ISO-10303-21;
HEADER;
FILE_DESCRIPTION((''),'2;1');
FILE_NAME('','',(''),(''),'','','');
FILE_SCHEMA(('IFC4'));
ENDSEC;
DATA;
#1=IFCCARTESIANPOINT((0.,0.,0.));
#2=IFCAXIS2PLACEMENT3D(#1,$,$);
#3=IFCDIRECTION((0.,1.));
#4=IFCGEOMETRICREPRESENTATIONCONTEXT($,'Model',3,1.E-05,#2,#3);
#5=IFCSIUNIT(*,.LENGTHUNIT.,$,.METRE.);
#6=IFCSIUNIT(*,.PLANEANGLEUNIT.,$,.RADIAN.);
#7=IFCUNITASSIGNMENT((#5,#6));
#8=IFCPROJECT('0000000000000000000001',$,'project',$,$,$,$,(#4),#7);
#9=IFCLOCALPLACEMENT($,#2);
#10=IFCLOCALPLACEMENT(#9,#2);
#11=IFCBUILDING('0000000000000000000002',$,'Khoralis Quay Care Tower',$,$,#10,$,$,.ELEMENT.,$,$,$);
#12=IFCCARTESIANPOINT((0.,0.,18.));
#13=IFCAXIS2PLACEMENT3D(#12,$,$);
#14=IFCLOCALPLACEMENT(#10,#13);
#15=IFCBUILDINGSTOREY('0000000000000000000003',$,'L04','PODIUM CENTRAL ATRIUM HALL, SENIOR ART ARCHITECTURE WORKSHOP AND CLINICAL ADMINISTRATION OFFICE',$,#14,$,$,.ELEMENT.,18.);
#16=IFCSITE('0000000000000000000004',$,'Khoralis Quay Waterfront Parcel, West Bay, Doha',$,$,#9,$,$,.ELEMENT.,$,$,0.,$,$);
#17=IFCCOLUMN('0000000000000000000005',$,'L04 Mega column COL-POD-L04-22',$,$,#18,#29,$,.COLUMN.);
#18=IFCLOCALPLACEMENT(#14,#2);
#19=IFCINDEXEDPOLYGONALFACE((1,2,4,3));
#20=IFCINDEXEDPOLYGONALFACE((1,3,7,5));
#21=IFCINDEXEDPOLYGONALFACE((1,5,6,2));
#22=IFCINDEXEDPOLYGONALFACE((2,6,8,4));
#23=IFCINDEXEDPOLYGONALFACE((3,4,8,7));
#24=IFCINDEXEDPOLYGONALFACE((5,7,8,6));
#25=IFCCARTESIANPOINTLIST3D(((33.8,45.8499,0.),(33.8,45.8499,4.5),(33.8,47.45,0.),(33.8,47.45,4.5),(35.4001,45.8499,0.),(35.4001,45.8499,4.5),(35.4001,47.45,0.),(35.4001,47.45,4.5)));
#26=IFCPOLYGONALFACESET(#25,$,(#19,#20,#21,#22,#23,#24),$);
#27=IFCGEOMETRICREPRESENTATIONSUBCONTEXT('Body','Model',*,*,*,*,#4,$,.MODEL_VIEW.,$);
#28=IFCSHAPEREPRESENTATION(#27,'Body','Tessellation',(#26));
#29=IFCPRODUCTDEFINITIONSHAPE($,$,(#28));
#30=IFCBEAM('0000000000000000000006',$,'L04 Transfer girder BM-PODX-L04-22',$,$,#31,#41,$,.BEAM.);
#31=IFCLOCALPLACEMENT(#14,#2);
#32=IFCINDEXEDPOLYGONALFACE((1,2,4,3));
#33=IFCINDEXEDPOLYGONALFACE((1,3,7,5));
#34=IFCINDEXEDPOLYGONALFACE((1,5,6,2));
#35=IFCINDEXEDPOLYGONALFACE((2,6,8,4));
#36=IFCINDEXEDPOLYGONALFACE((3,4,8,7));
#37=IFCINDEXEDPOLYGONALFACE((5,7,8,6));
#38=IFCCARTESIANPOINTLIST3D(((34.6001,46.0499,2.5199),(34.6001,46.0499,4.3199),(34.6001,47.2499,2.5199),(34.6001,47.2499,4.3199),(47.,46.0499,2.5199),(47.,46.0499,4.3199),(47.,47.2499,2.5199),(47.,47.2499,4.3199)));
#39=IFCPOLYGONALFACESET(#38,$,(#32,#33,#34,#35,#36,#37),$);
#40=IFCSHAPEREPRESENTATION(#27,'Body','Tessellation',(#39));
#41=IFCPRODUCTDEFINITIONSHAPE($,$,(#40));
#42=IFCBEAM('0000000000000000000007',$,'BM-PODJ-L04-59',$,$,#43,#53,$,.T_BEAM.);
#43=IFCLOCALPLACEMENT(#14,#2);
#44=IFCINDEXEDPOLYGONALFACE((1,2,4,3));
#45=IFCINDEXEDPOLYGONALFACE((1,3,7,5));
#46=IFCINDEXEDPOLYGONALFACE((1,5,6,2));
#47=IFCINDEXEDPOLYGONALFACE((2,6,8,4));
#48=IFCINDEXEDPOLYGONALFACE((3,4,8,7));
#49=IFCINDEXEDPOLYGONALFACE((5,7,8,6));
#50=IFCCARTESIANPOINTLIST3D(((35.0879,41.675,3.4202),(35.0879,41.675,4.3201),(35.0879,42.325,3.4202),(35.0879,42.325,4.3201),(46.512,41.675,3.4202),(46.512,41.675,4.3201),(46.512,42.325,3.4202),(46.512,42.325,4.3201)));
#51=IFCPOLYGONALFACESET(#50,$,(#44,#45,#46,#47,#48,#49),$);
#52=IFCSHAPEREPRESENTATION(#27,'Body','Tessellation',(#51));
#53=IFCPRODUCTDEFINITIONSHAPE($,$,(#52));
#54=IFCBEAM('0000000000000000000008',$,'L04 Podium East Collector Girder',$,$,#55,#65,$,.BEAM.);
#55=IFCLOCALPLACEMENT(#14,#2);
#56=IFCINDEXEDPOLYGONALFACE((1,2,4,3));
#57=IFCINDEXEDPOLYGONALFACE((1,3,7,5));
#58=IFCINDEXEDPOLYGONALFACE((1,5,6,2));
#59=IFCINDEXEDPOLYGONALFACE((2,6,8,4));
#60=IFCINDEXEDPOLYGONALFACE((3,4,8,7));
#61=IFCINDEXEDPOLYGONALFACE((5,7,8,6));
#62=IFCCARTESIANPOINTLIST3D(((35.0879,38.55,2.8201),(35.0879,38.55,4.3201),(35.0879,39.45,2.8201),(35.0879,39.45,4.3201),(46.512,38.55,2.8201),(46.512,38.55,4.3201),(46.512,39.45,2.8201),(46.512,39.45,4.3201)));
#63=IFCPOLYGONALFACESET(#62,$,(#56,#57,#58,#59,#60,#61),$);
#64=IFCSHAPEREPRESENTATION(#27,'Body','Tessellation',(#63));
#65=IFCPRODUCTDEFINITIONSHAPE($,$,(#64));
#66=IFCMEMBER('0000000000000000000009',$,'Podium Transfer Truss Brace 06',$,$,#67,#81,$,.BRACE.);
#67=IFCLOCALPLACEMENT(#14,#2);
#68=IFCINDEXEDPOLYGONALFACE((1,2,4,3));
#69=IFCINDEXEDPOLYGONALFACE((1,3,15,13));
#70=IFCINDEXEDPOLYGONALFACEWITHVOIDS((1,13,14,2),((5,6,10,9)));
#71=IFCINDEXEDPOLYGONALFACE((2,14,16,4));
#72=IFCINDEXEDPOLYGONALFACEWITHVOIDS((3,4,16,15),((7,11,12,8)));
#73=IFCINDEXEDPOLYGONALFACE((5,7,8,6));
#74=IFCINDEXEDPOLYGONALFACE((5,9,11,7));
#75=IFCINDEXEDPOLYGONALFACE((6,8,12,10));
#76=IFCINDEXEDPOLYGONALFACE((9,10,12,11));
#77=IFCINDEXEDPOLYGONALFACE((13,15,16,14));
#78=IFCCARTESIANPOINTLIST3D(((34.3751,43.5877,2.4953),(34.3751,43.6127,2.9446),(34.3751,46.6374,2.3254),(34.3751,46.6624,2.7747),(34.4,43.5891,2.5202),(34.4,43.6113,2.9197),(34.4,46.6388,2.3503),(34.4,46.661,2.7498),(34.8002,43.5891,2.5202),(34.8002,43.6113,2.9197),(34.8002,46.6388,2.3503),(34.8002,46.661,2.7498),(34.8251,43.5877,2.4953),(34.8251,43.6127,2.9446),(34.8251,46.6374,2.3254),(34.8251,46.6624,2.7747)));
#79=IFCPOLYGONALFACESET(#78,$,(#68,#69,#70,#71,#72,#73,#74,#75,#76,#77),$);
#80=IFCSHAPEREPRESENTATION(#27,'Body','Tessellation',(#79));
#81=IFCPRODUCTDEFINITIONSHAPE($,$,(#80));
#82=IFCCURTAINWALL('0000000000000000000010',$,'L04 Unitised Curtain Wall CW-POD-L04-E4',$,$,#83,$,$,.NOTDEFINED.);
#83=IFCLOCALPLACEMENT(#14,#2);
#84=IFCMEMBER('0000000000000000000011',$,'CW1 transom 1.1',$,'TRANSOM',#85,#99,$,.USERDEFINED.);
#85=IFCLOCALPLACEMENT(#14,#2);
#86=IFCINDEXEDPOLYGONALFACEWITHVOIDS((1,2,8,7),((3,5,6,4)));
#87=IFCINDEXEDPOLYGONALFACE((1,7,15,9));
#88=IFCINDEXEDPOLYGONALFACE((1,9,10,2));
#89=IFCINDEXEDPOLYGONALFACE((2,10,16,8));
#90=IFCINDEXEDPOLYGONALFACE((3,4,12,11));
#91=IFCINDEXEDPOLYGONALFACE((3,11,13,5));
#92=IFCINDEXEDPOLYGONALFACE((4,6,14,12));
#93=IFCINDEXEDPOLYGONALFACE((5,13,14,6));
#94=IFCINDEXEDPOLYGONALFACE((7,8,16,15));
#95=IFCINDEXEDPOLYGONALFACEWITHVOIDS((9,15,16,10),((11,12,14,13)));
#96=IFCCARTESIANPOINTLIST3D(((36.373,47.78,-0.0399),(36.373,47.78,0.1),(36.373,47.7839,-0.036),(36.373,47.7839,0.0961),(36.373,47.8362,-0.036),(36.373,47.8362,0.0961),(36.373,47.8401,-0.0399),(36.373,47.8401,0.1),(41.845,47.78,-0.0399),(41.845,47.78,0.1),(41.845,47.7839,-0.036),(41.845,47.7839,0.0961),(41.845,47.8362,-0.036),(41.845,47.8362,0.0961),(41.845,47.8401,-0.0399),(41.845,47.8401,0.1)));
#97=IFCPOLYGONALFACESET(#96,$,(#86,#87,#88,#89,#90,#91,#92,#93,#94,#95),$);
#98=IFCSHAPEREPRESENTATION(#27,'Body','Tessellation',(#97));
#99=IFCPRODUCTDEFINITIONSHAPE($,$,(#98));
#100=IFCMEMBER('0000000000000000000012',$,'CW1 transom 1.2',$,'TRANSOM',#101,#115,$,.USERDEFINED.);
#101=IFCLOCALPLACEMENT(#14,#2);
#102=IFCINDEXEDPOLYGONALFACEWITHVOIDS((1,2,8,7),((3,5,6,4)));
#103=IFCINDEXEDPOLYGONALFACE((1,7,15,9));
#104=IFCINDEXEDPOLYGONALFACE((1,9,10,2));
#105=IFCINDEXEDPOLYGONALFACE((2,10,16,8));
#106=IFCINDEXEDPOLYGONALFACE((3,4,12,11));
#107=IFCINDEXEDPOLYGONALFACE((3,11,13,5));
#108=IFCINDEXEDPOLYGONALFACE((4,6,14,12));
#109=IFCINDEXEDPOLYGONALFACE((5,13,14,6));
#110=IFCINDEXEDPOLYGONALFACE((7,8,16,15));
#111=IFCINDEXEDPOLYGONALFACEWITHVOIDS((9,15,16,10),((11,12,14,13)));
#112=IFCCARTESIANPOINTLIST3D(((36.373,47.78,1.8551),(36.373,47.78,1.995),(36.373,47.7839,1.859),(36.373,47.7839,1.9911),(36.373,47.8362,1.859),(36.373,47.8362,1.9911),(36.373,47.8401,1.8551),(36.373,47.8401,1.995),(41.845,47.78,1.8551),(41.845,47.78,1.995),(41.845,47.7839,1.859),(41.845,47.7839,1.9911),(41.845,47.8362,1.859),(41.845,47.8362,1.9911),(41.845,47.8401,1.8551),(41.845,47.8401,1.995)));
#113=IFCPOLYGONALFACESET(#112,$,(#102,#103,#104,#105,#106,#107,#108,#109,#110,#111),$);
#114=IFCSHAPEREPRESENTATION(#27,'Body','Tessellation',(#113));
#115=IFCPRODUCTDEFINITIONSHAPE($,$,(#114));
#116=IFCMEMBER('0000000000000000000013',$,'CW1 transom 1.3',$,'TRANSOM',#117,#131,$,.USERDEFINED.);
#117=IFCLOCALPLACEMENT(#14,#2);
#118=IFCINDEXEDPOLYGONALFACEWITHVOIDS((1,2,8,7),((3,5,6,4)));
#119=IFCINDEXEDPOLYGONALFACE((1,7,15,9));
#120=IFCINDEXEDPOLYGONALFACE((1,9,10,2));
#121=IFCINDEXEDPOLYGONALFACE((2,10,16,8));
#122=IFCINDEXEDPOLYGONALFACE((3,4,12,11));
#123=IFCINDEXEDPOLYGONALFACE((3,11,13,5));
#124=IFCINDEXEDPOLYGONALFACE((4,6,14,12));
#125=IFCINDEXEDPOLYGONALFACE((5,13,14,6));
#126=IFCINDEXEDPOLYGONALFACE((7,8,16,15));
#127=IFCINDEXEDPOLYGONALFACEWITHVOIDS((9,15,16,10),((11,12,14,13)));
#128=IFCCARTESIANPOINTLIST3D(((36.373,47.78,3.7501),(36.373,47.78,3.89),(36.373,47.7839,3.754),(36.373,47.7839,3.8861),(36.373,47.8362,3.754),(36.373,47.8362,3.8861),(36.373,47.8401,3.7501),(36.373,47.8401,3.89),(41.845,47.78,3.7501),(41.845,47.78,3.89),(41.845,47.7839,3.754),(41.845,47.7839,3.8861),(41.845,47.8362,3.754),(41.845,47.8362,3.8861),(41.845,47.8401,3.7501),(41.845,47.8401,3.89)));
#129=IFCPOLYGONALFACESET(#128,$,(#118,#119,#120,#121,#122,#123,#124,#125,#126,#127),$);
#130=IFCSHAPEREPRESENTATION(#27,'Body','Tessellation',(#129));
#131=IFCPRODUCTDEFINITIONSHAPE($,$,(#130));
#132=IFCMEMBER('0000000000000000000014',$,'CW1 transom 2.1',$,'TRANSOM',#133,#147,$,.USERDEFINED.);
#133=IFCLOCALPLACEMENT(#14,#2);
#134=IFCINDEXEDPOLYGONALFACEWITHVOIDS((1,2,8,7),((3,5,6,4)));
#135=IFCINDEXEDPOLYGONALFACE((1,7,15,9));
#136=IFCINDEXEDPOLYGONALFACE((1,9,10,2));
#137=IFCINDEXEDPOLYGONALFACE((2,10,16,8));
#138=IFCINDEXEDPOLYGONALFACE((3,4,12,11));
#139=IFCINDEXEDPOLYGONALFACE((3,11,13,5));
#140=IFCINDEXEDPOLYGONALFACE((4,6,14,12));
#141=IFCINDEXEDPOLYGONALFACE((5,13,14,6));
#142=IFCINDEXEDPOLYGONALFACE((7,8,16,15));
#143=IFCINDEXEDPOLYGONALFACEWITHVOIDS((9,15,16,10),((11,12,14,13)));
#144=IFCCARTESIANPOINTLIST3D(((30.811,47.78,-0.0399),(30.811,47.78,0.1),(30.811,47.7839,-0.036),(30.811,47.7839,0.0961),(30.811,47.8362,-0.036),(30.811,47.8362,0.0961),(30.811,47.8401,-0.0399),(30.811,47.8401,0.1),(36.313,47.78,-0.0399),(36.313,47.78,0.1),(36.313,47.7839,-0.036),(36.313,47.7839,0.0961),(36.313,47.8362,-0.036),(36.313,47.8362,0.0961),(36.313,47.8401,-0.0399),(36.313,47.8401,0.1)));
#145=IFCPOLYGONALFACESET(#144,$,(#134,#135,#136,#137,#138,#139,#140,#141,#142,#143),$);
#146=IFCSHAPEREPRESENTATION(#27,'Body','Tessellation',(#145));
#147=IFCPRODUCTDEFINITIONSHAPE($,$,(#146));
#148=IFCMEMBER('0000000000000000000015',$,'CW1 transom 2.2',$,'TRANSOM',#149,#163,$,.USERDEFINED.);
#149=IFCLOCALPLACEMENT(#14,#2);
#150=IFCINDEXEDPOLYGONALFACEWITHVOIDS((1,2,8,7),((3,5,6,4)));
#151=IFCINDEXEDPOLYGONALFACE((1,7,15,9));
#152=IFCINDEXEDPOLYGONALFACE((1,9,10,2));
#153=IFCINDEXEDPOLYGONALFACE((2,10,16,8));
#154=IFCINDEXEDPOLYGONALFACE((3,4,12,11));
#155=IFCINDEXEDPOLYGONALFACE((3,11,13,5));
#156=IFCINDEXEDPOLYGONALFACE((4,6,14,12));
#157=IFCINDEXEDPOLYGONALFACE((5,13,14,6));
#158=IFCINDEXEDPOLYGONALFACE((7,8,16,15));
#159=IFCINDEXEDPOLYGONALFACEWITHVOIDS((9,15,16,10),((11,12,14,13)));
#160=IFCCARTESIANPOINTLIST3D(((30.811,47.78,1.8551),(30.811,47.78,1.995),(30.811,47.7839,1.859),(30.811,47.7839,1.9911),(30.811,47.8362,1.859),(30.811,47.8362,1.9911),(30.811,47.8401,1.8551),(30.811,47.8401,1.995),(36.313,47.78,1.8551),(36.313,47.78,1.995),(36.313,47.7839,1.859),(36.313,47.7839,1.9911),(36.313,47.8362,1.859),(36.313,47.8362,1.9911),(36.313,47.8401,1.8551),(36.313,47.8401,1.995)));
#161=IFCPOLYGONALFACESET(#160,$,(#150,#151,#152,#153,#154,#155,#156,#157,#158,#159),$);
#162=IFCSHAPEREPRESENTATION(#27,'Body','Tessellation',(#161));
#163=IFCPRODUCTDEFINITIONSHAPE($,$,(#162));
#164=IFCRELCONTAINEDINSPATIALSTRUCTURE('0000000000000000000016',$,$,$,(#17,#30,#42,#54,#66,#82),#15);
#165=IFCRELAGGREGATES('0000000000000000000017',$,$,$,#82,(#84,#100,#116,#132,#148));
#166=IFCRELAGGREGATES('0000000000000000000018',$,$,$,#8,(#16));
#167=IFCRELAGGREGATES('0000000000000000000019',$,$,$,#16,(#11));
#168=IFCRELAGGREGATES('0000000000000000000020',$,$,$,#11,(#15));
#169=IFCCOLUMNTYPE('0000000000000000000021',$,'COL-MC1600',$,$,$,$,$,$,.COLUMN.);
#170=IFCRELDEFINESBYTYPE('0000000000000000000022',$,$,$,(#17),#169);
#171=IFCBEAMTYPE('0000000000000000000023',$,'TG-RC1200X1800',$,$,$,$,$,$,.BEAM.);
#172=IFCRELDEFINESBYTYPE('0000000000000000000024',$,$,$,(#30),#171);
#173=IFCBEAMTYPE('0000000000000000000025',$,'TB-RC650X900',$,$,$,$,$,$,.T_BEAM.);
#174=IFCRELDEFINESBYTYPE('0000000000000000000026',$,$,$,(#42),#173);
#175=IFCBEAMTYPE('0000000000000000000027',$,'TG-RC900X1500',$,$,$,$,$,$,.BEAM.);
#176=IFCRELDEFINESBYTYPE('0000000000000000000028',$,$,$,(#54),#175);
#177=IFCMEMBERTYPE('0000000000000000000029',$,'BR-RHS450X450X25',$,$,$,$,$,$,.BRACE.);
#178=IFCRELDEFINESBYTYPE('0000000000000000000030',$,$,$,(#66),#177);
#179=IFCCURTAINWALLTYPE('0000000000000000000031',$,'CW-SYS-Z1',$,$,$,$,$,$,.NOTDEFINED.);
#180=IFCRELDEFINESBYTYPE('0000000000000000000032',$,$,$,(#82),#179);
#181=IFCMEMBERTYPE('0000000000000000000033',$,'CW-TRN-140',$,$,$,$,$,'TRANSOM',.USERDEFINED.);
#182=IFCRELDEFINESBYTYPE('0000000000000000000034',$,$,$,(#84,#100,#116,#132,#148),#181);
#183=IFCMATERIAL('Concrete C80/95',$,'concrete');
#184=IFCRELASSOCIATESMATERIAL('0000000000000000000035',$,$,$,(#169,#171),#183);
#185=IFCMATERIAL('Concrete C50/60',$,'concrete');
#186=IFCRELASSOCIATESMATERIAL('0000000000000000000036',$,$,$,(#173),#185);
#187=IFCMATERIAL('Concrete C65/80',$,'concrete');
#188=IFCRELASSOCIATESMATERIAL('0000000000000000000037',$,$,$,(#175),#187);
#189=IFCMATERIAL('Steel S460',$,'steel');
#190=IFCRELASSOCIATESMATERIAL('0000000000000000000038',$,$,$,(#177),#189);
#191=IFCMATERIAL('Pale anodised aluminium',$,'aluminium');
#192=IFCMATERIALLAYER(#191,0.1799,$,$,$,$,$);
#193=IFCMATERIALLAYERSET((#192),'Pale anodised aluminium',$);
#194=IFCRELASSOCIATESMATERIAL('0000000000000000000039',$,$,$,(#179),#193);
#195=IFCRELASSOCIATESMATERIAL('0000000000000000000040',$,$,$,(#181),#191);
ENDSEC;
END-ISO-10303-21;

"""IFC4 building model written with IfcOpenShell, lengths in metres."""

from ifc_helpers import new_model, si_unit, direction, frame, origin, origin_2d, place, context, subcontext, project, spatial, rectangle, hollow_rectangle, extrude, source, transform, mapped, material, layer, layer_set, material_profile, profile_set, type_object, element, aggregate, save


model = new_model("IFC4")

# Units and contexts
model_context = context("Model", 3, precision=1e-05, world=origin(), true_north=direction((0.0, 1.0)))
body_context = subcontext(model_context, "Body", "Model", "MODEL_VIEW")
ifc_project = project(units=[si_unit("LENGTHUNIT", "METRE"), si_unit("PLANEANGLEUNIT", "RADIAN")], contexts=[model_context])

# Site, building, storey
site_placement = place(None, origin())
site = spatial("IfcSite", under=ifc_project, at=site_placement, Name="Khoralis Quay Waterfront Parcel, West Bay, Doha", CompositionType="ELEMENT", RefElevation=0.0)
building_placement = place(site_placement, origin())
building = spatial("IfcBuilding", under=site, at=building_placement, Name="Khoralis Quay Care Tower", CompositionType="ELEMENT")
storey_placement = place(building_placement, frame((0.0, 0.0, 18.0)))
storey = spatial("IfcBuildingStorey", under=building, at=storey_placement, Name="L04", Description="PODIUM CENTRAL ATRIUM HALL, SENIOR ART ARCHITECTURE WORKSHOP AND CLINICAL ADMINISTRATION OFFICE", CompositionType="ELEMENT", Elevation=18.0)

# Column
ifc_material_1 = material(Name="Concrete C80/95", Category="concrete")
ifc_material_profile_1 = material_profile(ifc_material_1, rectangle(XDim=1.6001, YDim=1.6001, at=origin_2d()), Name="Concrete C80/95")
ifc_profile_set_1 = profile_set([ifc_material_profile_1], Name="Concrete C80/95")
column_type = type_object("IfcColumnType", Name="COL-MC1600", PredefinedType="COLUMN", material=ifc_profile_set_1)
shared_shape_1 = source(origin(), body_context, "Body", "SweptSolid", [
    extrude(rectangle(XDim=1.6001, YDim=1.6001, at=origin_2d()), origin(), (0.0, 0.0, 1.0), 4.5),
])
column_placement = place(storey_placement, frame((34.6001, 46.6499, 0.0), z_axis=(0.0, 0.0, 1.0), x_axis=(1.0, 0.0, 0.0)))
element("IfcColumn", 1, at=column_placement, inside=storey, type_object=column_type, Name="L04 Mega column COL-POD-L04-22", PredefinedType="COLUMN", context=body_context, shape_type="MappedRepresentation", body=[
    mapped(shared_shape_1, transform((0.0, 0.0, 0.0), scale=1.0)),
])

# Beams
ifc_material_profile_2 = material_profile(ifc_material_1, rectangle(XDim=1.2, YDim=1.8, at=origin_2d()), Name="Concrete C80/95")
ifc_profile_set_2 = profile_set([ifc_material_profile_2], Name="Concrete C80/95")
beam_type_1 = type_object("IfcBeamType", Name="TG-RC1200X1800", PredefinedType="BEAM", material=ifc_profile_set_2)
shared_shape_2 = source(origin(), body_context, "Body", "SweptSolid", [
    extrude(rectangle(XDim=1.2, YDim=1.8, at=origin_2d()), origin(), (0.0, 0.0, 1.0), 12.3999),
])
beam_1_placement = place(storey_placement, frame((34.6001, 46.6499, 3.4199), z_axis=(1.0, 0.0, 0.0), x_axis=(0.0, 1.0, 0.0)))
element("IfcBeam", 2, at=beam_1_placement, inside=storey, type_object=beam_type_1, Name="L04 Transfer girder BM-PODX-L04-22", PredefinedType="BEAM", context=body_context, shape_type="MappedRepresentation", body=[
    mapped(shared_shape_2, transform((0.0, 0.0, 0.0), scale=1.0)),
])
ifc_material_2 = material(Name="Concrete C50/60", Category="concrete")
ifc_material_profile_3 = material_profile(ifc_material_2, rectangle(XDim=0.6499, YDim=0.8999, at=origin_2d()), Name="Concrete C50/60")
ifc_profile_set_3 = profile_set([ifc_material_profile_3], Name="Concrete C50/60")
beam_type_2 = type_object("IfcBeamType", Name="TB-RC650X900", PredefinedType="T_BEAM", material=ifc_profile_set_3)
shared_shape_3 = source(origin(), body_context, "Body", "SweptSolid", [
    extrude(rectangle(XDim=0.6499, YDim=0.8999, at=origin_2d()), origin(), (0.0, 0.0, 1.0), 11.4241),
])
beam_2_placement = place(storey_placement, frame((35.0879, 42.0, 3.8701), z_axis=(1.0, 0.0, 0.0), x_axis=(0.0, 1.0, 0.0)))
element("IfcBeam", 3, at=beam_2_placement, inside=storey, type_object=beam_type_2, Name="BM-PODJ-L04-59", PredefinedType="T_BEAM", context=body_context, shape_type="MappedRepresentation", body=[
    mapped(shared_shape_3, transform((0.0, 0.0, 0.0), scale=1.0)),
])
ifc_material_3 = material(Name="Concrete C65/80", Category="concrete")
ifc_material_profile_4 = material_profile(ifc_material_3, rectangle(XDim=0.8999, YDim=1.5, at=origin_2d()), Name="Concrete C65/80")
ifc_profile_set_4 = profile_set([ifc_material_profile_4], Name="Concrete C65/80")
beam_type_3 = type_object("IfcBeamType", Name="TG-RC900X1500", PredefinedType="BEAM", material=ifc_profile_set_4)
shared_shape_4 = source(origin(), body_context, "Body", "SweptSolid", [
    extrude(rectangle(XDim=0.8999, YDim=1.5, at=origin_2d()), origin(), (0.0, 0.0, 1.0), 11.4241),
])
beam_3_placement = place(storey_placement, frame((35.0879, 39.0, 3.5701), z_axis=(1.0, 0.0, 0.0), x_axis=(0.0, 1.0, 0.0)))
element("IfcBeam", 4, at=beam_3_placement, inside=storey, type_object=beam_type_3, Name="L04 Podium East Collector Girder", PredefinedType="BEAM", context=body_context, shape_type="MappedRepresentation", body=[
    mapped(shared_shape_4, transform((0.0, 0.0, 0.0), scale=1.0)),
])

# Member
ifc_material_4 = material(Name="Steel S460", Category="steel")
ifc_material_profile_5 = material_profile(ifc_material_4, hollow_rectangle(XDim=0.45, YDim=0.45, WallThickness=0.0249, at=origin_2d()), Name="Steel S460")
ifc_profile_set_5 = profile_set([ifc_material_profile_5], Name="Steel S460")
member_type_1 = type_object("IfcMemberType", Name="BR-RHS450X450X25", PredefinedType="BRACE", material=ifc_profile_set_5)
shared_shape_5 = source(origin(), body_context, "Body", "SweptSolid", [
    extrude(hollow_rectangle(XDim=0.45, YDim=0.45, WallThickness=0.0249, at=origin_2d()), origin(), (0.0, 0.0, 1.0), 3.0544),
])
member_1_placement = place(storey_placement, frame((34.6001, 46.6499, 2.55), z_axis=(0.0, -0.998451, 0.055629), x_axis=(1.0, 0.0, 0.0)))
element("IfcMember", 5, at=member_1_placement, inside=storey, type_object=member_type_1, Name="Podium Transfer Truss Brace 06", PredefinedType="BRACE", context=body_context, shape_type="MappedRepresentation", body=[
    mapped(shared_shape_5, transform((0.0, 0.0, 0.0), scale=1.0)),
])

# Curtain wall, members
ifc_material_5 = material(Name="Pale anodised aluminium", Category="aluminium")
ifc_layer_1 = layer(ifc_material_5, 0.1799)
ifc_layer_set_1 = layer_set([ifc_layer_1], Name="Pale anodised aluminium")
curtain_wall_type = type_object("IfcCurtainWallType", Name="CW-SYS-Z1", PredefinedType="NOTDEFINED", material=ifc_layer_set_1)
curtain_wall_placement = place(storey_placement, origin())
curtain_wall = element("IfcCurtainWall", 6, at=curtain_wall_placement, inside=storey, type_object=curtain_wall_type, Name="L04 Unitised Curtain Wall CW-POD-L04-E4", PredefinedType="NOTDEFINED")
ifc_material_profile_6 = material_profile(ifc_material_5, hollow_rectangle(XDim=0.0601, YDim=0.1399, WallThickness=0.0039, at=origin_2d()), Name="Pale anodised aluminium")
ifc_profile_set_6 = profile_set([ifc_material_profile_6], Name="Pale anodised aluminium")
member_type_2 = type_object("IfcMemberType", Name="CW-TRN-140", ElementType="TRANSOM", PredefinedType="USERDEFINED", material=ifc_profile_set_6)
shared_shape_6 = source(origin(), body_context, "Body", "SweptSolid", [
    extrude(hollow_rectangle(XDim=0.0601, YDim=0.1399, WallThickness=0.0039, at=origin_2d()), origin(), (0.0, 0.0, 1.0), 5.4719),
])
member_2_placement = place(storey_placement, frame((41.845, 47.8101, 0.03), z_axis=(-1.0, 0.0, 0.0), x_axis=(0.0, -1.0, 0.0)))
member_2 = element("IfcMember", 7, at=member_2_placement, type_object=member_type_2, Name="CW1 transom 1.1", ObjectType="TRANSOM", PredefinedType="USERDEFINED", context=body_context, shape_type="MappedRepresentation", body=[
    mapped(shared_shape_6, transform((0.0, 0.0, 0.0), scale=1.0)),
])
member_3_placement = place(storey_placement, frame((41.845, 47.8101, 1.925), z_axis=(-1.0, 0.0, 0.0), x_axis=(0.0, -1.0, 0.0)))
member_3 = element("IfcMember", 8, at=member_3_placement, type_object=member_type_2, Name="CW1 transom 1.2", ObjectType="TRANSOM", PredefinedType="USERDEFINED", context=body_context, shape_type="MappedRepresentation", body=[
    mapped(shared_shape_6, transform((0.0, 0.0, 0.0), scale=1.0)),
])
member_4_placement = place(storey_placement, frame((41.845, 47.8101, 3.8201), z_axis=(-1.0, 0.0, 0.0), x_axis=(0.0, -1.0, 0.0)))
member_4 = element("IfcMember", 9, at=member_4_placement, type_object=member_type_2, Name="CW1 transom 1.3", ObjectType="TRANSOM", PredefinedType="USERDEFINED", context=body_context, shape_type="MappedRepresentation", body=[
    mapped(shared_shape_6, transform((0.0, 0.0, 0.0), scale=1.0)),
])
shared_shape_7 = source(origin(), body_context, "Body", "SweptSolid", [
    extrude(hollow_rectangle(XDim=0.0601, YDim=0.1399, WallThickness=0.0039, at=origin_2d()), origin(), (0.0, 0.0, 1.0), 5.502),
])
member_5_placement = place(storey_placement, frame((36.313, 47.8101, 0.03), z_axis=(-1.0, 0.0, 0.0), x_axis=(0.0, -1.0, 0.0)))
member_5 = element("IfcMember", 10, at=member_5_placement, type_object=member_type_2, Name="CW1 transom 2.1", ObjectType="TRANSOM", PredefinedType="USERDEFINED", context=body_context, shape_type="MappedRepresentation", body=[
    mapped(shared_shape_7, transform((0.0, 0.0, 0.0), scale=1.0)),
])
member_6_placement = place(storey_placement, frame((36.313, 47.8101, 1.925), z_axis=(-1.0, 0.0, 0.0), x_axis=(0.0, -1.0, 0.0)))
member_6 = element("IfcMember", 11, at=member_6_placement, type_object=member_type_2, Name="CW1 transom 2.2", ObjectType="TRANSOM", PredefinedType="USERDEFINED", context=body_context, shape_type="MappedRepresentation", body=[
    mapped(shared_shape_7, transform((0.0, 0.0, 0.0), scale=1.0)),
])

aggregate(curtain_wall, [member_2, member_3, member_4, member_5, member_6])

save(model, "model.ifc")
